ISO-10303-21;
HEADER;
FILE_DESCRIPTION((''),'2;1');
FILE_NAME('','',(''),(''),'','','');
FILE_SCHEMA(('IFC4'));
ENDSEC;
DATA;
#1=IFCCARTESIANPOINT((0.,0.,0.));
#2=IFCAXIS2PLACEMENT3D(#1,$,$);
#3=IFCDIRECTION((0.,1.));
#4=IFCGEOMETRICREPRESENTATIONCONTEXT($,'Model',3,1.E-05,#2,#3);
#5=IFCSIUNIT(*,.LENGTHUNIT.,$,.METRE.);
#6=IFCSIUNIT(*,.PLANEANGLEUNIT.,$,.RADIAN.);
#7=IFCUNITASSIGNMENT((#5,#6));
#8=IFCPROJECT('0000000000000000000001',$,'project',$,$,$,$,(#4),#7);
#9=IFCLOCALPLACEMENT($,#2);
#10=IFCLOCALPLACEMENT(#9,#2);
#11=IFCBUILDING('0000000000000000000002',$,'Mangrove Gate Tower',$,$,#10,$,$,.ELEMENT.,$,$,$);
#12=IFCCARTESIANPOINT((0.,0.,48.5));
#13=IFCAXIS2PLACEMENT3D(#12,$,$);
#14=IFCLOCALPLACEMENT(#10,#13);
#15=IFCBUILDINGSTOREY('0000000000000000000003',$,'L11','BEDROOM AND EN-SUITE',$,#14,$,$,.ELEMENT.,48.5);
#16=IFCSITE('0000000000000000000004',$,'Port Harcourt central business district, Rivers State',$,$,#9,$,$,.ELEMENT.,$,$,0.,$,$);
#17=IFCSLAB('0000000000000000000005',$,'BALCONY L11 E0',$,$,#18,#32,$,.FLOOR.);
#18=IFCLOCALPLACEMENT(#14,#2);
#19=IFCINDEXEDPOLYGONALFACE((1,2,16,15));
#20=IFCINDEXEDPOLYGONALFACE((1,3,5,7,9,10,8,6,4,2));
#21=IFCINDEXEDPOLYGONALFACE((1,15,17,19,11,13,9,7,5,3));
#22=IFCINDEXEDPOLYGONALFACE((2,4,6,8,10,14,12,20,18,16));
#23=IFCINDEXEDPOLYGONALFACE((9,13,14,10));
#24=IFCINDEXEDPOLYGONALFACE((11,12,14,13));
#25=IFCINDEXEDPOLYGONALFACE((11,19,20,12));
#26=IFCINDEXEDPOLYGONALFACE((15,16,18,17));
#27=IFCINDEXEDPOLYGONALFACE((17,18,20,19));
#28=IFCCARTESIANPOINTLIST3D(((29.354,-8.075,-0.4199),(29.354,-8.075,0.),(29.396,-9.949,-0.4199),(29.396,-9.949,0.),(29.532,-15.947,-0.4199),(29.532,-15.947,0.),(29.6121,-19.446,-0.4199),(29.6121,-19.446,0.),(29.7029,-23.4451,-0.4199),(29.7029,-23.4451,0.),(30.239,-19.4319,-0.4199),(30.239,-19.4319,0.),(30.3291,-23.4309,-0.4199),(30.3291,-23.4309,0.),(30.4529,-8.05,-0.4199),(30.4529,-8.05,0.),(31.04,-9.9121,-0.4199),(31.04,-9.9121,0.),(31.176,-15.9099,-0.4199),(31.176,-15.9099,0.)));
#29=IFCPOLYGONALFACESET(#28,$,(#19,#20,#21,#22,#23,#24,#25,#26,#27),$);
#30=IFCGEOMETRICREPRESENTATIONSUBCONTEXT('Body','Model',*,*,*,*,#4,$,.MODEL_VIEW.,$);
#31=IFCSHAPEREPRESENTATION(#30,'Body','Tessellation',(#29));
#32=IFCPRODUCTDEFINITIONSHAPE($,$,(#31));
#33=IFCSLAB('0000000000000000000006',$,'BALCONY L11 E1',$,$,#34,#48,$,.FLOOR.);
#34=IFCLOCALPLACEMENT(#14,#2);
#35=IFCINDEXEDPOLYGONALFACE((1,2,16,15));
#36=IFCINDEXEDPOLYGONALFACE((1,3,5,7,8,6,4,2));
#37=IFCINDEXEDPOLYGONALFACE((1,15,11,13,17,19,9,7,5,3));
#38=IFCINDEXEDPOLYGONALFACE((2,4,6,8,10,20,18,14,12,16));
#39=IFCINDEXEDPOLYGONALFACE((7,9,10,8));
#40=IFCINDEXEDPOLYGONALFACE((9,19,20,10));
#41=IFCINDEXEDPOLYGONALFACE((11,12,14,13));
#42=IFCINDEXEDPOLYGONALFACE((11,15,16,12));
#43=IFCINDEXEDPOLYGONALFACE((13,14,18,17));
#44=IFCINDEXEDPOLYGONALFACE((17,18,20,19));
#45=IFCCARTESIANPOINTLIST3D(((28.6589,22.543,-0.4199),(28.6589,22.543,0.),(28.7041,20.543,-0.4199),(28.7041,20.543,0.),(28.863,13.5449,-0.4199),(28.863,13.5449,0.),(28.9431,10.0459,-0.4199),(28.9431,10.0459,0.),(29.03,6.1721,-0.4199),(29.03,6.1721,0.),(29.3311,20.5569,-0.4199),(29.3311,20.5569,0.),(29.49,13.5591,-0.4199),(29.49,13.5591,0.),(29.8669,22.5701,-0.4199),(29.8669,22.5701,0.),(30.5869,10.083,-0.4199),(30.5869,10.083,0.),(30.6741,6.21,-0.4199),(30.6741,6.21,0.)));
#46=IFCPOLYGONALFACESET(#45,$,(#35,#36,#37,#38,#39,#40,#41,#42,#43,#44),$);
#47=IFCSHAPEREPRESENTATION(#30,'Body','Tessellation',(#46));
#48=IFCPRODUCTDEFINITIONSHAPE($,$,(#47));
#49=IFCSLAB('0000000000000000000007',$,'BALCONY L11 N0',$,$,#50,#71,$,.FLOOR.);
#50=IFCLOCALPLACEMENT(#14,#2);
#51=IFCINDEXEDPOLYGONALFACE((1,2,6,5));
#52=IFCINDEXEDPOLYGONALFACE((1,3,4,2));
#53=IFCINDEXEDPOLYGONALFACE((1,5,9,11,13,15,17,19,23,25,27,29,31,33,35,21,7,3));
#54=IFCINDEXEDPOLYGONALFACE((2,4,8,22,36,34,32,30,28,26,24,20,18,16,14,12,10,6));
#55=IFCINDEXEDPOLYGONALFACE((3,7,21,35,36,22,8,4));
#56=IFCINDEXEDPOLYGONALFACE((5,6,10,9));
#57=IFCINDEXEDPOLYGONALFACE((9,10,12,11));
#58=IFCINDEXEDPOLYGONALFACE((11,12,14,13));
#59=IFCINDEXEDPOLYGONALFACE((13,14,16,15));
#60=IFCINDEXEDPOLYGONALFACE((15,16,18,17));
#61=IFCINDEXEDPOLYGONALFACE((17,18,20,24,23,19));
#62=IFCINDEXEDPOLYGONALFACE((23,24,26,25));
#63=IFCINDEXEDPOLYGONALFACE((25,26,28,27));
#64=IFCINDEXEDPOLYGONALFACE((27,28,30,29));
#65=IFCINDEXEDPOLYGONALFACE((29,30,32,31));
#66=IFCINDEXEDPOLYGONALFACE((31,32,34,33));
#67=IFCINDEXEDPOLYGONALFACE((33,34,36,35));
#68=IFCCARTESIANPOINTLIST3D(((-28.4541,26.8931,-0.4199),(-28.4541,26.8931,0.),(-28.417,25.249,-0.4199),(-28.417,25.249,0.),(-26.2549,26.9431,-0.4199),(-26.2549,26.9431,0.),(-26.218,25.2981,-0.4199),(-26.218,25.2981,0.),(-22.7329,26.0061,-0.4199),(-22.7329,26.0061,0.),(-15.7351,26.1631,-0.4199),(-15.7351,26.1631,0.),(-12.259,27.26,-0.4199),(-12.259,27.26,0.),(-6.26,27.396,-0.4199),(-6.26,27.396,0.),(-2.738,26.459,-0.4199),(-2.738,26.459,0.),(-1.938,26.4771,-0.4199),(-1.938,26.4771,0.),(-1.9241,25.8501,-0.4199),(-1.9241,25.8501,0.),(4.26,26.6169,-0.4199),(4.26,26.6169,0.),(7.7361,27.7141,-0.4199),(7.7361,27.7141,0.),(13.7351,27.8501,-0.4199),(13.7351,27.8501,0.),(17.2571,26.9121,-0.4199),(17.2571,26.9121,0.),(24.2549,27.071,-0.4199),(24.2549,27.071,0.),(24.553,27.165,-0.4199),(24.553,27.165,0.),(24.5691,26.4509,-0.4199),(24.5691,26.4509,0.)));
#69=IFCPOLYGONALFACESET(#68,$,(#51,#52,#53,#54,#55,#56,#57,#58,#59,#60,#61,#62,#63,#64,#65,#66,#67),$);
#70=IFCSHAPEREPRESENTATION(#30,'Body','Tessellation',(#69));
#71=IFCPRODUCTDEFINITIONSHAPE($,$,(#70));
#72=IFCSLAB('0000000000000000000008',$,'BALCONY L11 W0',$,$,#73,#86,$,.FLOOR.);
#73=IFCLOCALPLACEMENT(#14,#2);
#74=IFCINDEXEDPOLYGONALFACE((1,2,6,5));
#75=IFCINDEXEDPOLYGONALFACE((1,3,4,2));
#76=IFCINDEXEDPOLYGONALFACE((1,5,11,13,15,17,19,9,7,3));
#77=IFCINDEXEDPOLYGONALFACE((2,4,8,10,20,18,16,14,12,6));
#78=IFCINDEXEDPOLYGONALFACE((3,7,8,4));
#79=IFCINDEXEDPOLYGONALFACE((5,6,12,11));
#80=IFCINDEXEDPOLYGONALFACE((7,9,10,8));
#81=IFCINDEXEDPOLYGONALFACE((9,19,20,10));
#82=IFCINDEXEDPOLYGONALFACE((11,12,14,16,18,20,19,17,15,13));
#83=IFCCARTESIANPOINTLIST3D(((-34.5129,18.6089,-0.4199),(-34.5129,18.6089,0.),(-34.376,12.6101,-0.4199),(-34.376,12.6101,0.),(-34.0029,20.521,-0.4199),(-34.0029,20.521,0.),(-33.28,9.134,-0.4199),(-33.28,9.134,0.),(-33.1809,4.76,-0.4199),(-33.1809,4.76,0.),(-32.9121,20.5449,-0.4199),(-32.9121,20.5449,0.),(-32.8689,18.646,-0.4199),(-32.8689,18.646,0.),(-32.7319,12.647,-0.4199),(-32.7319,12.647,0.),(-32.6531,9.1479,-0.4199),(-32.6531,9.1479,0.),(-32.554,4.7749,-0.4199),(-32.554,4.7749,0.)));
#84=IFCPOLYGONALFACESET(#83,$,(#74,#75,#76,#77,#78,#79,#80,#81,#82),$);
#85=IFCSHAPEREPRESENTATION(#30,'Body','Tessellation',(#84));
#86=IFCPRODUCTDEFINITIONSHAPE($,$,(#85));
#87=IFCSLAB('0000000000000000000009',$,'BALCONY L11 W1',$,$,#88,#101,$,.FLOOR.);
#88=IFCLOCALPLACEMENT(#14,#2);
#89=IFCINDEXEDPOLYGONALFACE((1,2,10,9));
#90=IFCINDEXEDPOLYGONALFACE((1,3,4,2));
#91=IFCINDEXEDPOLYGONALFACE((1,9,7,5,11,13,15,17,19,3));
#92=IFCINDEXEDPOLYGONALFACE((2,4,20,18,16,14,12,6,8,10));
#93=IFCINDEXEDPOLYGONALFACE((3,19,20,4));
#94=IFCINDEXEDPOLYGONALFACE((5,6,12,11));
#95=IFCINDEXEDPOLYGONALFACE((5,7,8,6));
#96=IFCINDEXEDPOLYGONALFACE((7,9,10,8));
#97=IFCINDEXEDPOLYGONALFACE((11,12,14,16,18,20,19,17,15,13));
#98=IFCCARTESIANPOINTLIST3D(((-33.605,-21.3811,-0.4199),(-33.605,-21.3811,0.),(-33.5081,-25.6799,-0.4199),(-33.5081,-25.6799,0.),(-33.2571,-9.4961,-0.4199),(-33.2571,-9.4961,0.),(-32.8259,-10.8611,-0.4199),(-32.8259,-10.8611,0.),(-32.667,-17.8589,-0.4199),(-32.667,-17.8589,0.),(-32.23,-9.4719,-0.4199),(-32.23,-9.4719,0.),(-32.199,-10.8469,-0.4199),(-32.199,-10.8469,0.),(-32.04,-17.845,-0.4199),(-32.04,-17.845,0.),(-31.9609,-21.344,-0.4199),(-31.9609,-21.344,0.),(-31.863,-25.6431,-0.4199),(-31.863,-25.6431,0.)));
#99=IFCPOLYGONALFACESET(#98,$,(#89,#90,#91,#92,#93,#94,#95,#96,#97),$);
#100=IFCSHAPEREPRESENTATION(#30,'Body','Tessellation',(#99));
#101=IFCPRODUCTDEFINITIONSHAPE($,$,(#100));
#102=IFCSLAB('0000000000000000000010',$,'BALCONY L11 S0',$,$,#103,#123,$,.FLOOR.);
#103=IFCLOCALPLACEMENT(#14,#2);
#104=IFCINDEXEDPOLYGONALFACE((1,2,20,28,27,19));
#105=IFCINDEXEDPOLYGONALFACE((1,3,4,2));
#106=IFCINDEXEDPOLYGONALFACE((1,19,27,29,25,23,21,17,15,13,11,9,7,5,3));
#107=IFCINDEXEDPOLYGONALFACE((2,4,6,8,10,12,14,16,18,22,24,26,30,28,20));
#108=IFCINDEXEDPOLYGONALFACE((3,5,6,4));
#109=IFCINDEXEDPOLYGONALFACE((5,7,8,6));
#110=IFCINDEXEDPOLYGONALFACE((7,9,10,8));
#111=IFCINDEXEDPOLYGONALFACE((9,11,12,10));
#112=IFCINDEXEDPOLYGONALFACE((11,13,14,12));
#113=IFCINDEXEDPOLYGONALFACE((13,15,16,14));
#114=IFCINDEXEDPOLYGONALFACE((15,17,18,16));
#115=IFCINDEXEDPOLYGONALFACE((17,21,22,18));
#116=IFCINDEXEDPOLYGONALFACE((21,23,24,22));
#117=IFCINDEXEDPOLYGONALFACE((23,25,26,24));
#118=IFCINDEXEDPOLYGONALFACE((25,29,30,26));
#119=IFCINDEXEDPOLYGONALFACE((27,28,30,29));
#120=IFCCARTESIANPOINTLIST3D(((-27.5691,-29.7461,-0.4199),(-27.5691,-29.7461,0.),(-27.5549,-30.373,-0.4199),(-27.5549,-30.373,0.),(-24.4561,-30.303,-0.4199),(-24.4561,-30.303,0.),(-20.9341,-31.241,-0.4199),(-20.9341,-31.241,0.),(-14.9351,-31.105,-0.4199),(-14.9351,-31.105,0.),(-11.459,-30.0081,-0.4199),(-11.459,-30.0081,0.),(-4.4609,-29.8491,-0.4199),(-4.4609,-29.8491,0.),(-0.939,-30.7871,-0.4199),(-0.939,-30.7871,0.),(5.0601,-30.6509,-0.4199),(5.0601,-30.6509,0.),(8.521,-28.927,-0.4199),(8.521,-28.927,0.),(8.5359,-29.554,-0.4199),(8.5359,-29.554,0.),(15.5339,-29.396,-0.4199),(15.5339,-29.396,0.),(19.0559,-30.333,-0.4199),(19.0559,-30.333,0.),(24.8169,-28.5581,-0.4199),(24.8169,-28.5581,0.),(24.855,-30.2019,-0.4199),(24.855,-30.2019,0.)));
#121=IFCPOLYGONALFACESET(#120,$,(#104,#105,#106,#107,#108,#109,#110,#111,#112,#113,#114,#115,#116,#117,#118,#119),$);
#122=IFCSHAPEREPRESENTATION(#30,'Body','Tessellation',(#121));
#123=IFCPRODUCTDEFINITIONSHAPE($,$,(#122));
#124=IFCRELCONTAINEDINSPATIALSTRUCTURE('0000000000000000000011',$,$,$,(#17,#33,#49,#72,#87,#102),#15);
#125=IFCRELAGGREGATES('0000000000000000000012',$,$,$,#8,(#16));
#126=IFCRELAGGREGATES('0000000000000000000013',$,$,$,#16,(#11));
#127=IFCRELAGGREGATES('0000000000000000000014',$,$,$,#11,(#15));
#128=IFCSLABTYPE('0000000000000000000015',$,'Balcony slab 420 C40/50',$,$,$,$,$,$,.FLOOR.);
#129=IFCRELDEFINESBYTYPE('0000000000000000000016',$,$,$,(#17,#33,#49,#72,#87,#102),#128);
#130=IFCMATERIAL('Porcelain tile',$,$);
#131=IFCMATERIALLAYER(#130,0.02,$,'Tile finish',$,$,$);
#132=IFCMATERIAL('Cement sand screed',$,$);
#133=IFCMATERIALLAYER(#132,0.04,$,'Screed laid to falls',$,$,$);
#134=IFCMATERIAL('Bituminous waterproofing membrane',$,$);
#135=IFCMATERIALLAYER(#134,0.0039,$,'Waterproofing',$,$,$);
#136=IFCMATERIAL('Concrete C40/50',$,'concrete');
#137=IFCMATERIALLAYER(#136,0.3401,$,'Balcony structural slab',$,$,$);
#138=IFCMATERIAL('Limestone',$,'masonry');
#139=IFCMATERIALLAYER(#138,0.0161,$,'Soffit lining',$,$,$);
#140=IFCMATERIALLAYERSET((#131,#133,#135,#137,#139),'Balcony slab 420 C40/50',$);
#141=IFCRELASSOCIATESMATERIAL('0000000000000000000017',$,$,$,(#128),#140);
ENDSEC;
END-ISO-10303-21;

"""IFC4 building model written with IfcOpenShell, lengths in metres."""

from ifc_helpers import new_model, si_unit, direction, frame, origin, place, context, subcontext, project, spatial, polyline, outline, extrude, material, layer, layer_set, type_object, element, save


model = new_model("IFC4")

# Units and contexts
model_context = context("Model", 3, precision=1e-05, world=origin(), true_north=direction((0.0, 1.0)))
body_context = subcontext(model_context, "Body", "Model", "MODEL_VIEW")
ifc_project = project(units=[si_unit("LENGTHUNIT", "METRE"), si_unit("PLANEANGLEUNIT", "RADIAN")], contexts=[model_context])

# Site, building, storey
site_placement = place(None, origin())
site = spatial("IfcSite", under=ifc_project, at=site_placement, Name="Port Harcourt central business district, Rivers State", CompositionType="ELEMENT", RefElevation=0.0)
building_placement = place(site_placement, origin())
building = spatial("IfcBuilding", under=site, at=building_placement, Name="Mangrove Gate Tower", CompositionType="ELEMENT")
storey_placement = place(building_placement, frame((0.0, 0.0, 48.5)))
storey = spatial("IfcBuildingStorey", under=building, at=storey_placement, Name="L11", Description="BEDROOM AND EN-SUITE", CompositionType="ELEMENT", Elevation=48.5)

# Slabs
ifc_material_1 = material(Name="Porcelain tile")
ifc_layer_1 = layer(ifc_material_1, 0.02, Name="Tile finish")
ifc_material_2 = material(Name="Cement sand screed")
ifc_layer_2 = layer(ifc_material_2, 0.04, Name="Screed laid to falls")
ifc_material_3 = material(Name="Bituminous waterproofing membrane")
ifc_layer_3 = layer(ifc_material_3, 0.0039, Name="Waterproofing")
ifc_material_4 = material(Name="Concrete C40/50", Category="concrete")
ifc_layer_4 = layer(ifc_material_4, 0.3401, Name="Balcony structural slab")
ifc_material_5 = material(Name="Limestone", Category="masonry")
ifc_layer_5 = layer(ifc_material_5, 0.0161, Name="Soffit lining")
ifc_layer_set_1 = layer_set([ifc_layer_1, ifc_layer_2, ifc_layer_3, ifc_layer_4, ifc_layer_5], Name="Balcony slab 420 C40/50")
slab_type_1 = type_object("IfcSlabType", Name="Balcony slab 420 C40/50", PredefinedType="FLOOR", material=ifc_layer_set_1)
slab_1_placement = place(storey_placement, frame((0.0, 0.0, -0.4199)))
element("IfcSlab", 1, at=slab_1_placement, inside=storey, type_object=slab_type_1, Name="BALCONY L11 E0", PredefinedType="FLOOR", context=body_context, shape_type="SweptSolid", body=[
    extrude(outline(polyline([(30.3291, -23.4309), (30.239, -19.4319), (31.176, -15.9099), (31.04, -9.9121), (30.4529, -8.05), (29.354, -8.075), (29.396, -9.949), (29.532, -15.947), (29.6121, -19.446), (29.7029, -23.4451), (30.3291, -23.4309)])), origin(), (0.0, 0.0, 1.0), 0.4199),
])
slab_2_placement = place(storey_placement, frame((0.0, 0.0, -0.4199)))
element("IfcSlab", 2, at=slab_2_placement, inside=storey, type_object=slab_type_1, Name="BALCONY L11 E1", PredefinedType="FLOOR", context=body_context, shape_type="SweptSolid", body=[
    extrude(outline(polyline([(30.6741, 6.21), (30.5869, 10.083), (29.49, 13.5591), (29.3311, 20.5569), (29.8669, 22.5701), (28.6589, 22.543), (28.7041, 20.543), (28.863, 13.5449), (28.9431, 10.0459), (29.03, 6.1721), (30.6741, 6.21)])), origin(), (0.0, 0.0, 1.0), 0.4199),
])
slab_3_placement = place(storey_placement, frame((0.0, 0.0, -0.4199)))
element("IfcSlab", 3, at=slab_3_placement, inside=storey, type_object=slab_type_1, Name="BALCONY L11 N0", PredefinedType="FLOOR", context=body_context, shape_type="SweptSolid", body=[
    extrude(outline(polyline([(24.553, 27.165), (24.2549, 27.071), (17.2571, 26.9121), (13.7351, 27.8501), (7.7361, 27.7141), (4.26, 26.6169), (-1.938, 26.4771), (-2.738, 26.459), (-6.26, 27.396), (-12.259, 27.26), (-15.7351, 26.1631), (-22.7329, 26.0061), (-26.2549, 26.9431), (-28.4541, 26.8931), (-28.417, 25.249), (-26.218, 25.2981), (-1.9241, 25.8501), (24.5691, 26.4509), (24.553, 27.165)])), origin(), (0.0, 0.0, 1.0), 0.4199),
])
slab_4_placement = place(storey_placement, frame((0.0, 0.0, -0.4199)))
element("IfcSlab", 4, at=slab_4_placement, inside=storey, type_object=slab_type_1, Name="BALCONY L11 W0", PredefinedType="FLOOR", context=body_context, shape_type="SweptSolid", body=[
    extrude(outline(polyline([(-34.0029, 20.521), (-34.5129, 18.6089), (-34.376, 12.6101), (-33.28, 9.134), (-33.1809, 4.76), (-32.554, 4.7749), (-32.6531, 9.1479), (-32.7319, 12.647), (-32.8689, 18.646), (-32.9121, 20.5449), (-34.0029, 20.521)])), origin(), (0.0, 0.0, 1.0), 0.4199),
])
slab_5_placement = place(storey_placement, frame((0.0, 0.0, -0.4199)))
element("IfcSlab", 5, at=slab_5_placement, inside=storey, type_object=slab_type_1, Name="BALCONY L11 W1", PredefinedType="FLOOR", context=body_context, shape_type="SweptSolid", body=[
    extrude(outline(polyline([(-33.2571, -9.4961), (-32.8259, -10.8611), (-32.667, -17.8589), (-33.605, -21.3811), (-33.5081, -25.6799), (-31.863, -25.6431), (-31.9609, -21.344), (-32.04, -17.845), (-32.199, -10.8469), (-32.23, -9.4719), (-33.2571, -9.4961)])), origin(), (0.0, 0.0, 1.0), 0.4199),
])
slab_6_placement = place(storey_placement, frame((0.0, 0.0, -0.4199)))
element("IfcSlab", 6, at=slab_6_placement, inside=storey, type_object=slab_type_1, Name="BALCONY L11 S0", PredefinedType="FLOOR", context=body_context, shape_type="SweptSolid", body=[
    extrude(outline(polyline([(-27.5549, -30.373), (-24.4561, -30.303), (-20.9341, -31.241), (-14.9351, -31.105), (-11.459, -30.0081), (-4.4609, -29.8491), (-0.939, -30.7871), (5.0601, -30.6509), (8.5359, -29.554), (15.5339, -29.396), (19.0559, -30.333), (24.855, -30.2019), (24.8169, -28.5581), (8.521, -28.927), (-27.5691, -29.7461), (-27.5549, -30.373)])), origin(), (0.0, 0.0, 1.0), 0.4199),
])

save(model, "model.ifc")
